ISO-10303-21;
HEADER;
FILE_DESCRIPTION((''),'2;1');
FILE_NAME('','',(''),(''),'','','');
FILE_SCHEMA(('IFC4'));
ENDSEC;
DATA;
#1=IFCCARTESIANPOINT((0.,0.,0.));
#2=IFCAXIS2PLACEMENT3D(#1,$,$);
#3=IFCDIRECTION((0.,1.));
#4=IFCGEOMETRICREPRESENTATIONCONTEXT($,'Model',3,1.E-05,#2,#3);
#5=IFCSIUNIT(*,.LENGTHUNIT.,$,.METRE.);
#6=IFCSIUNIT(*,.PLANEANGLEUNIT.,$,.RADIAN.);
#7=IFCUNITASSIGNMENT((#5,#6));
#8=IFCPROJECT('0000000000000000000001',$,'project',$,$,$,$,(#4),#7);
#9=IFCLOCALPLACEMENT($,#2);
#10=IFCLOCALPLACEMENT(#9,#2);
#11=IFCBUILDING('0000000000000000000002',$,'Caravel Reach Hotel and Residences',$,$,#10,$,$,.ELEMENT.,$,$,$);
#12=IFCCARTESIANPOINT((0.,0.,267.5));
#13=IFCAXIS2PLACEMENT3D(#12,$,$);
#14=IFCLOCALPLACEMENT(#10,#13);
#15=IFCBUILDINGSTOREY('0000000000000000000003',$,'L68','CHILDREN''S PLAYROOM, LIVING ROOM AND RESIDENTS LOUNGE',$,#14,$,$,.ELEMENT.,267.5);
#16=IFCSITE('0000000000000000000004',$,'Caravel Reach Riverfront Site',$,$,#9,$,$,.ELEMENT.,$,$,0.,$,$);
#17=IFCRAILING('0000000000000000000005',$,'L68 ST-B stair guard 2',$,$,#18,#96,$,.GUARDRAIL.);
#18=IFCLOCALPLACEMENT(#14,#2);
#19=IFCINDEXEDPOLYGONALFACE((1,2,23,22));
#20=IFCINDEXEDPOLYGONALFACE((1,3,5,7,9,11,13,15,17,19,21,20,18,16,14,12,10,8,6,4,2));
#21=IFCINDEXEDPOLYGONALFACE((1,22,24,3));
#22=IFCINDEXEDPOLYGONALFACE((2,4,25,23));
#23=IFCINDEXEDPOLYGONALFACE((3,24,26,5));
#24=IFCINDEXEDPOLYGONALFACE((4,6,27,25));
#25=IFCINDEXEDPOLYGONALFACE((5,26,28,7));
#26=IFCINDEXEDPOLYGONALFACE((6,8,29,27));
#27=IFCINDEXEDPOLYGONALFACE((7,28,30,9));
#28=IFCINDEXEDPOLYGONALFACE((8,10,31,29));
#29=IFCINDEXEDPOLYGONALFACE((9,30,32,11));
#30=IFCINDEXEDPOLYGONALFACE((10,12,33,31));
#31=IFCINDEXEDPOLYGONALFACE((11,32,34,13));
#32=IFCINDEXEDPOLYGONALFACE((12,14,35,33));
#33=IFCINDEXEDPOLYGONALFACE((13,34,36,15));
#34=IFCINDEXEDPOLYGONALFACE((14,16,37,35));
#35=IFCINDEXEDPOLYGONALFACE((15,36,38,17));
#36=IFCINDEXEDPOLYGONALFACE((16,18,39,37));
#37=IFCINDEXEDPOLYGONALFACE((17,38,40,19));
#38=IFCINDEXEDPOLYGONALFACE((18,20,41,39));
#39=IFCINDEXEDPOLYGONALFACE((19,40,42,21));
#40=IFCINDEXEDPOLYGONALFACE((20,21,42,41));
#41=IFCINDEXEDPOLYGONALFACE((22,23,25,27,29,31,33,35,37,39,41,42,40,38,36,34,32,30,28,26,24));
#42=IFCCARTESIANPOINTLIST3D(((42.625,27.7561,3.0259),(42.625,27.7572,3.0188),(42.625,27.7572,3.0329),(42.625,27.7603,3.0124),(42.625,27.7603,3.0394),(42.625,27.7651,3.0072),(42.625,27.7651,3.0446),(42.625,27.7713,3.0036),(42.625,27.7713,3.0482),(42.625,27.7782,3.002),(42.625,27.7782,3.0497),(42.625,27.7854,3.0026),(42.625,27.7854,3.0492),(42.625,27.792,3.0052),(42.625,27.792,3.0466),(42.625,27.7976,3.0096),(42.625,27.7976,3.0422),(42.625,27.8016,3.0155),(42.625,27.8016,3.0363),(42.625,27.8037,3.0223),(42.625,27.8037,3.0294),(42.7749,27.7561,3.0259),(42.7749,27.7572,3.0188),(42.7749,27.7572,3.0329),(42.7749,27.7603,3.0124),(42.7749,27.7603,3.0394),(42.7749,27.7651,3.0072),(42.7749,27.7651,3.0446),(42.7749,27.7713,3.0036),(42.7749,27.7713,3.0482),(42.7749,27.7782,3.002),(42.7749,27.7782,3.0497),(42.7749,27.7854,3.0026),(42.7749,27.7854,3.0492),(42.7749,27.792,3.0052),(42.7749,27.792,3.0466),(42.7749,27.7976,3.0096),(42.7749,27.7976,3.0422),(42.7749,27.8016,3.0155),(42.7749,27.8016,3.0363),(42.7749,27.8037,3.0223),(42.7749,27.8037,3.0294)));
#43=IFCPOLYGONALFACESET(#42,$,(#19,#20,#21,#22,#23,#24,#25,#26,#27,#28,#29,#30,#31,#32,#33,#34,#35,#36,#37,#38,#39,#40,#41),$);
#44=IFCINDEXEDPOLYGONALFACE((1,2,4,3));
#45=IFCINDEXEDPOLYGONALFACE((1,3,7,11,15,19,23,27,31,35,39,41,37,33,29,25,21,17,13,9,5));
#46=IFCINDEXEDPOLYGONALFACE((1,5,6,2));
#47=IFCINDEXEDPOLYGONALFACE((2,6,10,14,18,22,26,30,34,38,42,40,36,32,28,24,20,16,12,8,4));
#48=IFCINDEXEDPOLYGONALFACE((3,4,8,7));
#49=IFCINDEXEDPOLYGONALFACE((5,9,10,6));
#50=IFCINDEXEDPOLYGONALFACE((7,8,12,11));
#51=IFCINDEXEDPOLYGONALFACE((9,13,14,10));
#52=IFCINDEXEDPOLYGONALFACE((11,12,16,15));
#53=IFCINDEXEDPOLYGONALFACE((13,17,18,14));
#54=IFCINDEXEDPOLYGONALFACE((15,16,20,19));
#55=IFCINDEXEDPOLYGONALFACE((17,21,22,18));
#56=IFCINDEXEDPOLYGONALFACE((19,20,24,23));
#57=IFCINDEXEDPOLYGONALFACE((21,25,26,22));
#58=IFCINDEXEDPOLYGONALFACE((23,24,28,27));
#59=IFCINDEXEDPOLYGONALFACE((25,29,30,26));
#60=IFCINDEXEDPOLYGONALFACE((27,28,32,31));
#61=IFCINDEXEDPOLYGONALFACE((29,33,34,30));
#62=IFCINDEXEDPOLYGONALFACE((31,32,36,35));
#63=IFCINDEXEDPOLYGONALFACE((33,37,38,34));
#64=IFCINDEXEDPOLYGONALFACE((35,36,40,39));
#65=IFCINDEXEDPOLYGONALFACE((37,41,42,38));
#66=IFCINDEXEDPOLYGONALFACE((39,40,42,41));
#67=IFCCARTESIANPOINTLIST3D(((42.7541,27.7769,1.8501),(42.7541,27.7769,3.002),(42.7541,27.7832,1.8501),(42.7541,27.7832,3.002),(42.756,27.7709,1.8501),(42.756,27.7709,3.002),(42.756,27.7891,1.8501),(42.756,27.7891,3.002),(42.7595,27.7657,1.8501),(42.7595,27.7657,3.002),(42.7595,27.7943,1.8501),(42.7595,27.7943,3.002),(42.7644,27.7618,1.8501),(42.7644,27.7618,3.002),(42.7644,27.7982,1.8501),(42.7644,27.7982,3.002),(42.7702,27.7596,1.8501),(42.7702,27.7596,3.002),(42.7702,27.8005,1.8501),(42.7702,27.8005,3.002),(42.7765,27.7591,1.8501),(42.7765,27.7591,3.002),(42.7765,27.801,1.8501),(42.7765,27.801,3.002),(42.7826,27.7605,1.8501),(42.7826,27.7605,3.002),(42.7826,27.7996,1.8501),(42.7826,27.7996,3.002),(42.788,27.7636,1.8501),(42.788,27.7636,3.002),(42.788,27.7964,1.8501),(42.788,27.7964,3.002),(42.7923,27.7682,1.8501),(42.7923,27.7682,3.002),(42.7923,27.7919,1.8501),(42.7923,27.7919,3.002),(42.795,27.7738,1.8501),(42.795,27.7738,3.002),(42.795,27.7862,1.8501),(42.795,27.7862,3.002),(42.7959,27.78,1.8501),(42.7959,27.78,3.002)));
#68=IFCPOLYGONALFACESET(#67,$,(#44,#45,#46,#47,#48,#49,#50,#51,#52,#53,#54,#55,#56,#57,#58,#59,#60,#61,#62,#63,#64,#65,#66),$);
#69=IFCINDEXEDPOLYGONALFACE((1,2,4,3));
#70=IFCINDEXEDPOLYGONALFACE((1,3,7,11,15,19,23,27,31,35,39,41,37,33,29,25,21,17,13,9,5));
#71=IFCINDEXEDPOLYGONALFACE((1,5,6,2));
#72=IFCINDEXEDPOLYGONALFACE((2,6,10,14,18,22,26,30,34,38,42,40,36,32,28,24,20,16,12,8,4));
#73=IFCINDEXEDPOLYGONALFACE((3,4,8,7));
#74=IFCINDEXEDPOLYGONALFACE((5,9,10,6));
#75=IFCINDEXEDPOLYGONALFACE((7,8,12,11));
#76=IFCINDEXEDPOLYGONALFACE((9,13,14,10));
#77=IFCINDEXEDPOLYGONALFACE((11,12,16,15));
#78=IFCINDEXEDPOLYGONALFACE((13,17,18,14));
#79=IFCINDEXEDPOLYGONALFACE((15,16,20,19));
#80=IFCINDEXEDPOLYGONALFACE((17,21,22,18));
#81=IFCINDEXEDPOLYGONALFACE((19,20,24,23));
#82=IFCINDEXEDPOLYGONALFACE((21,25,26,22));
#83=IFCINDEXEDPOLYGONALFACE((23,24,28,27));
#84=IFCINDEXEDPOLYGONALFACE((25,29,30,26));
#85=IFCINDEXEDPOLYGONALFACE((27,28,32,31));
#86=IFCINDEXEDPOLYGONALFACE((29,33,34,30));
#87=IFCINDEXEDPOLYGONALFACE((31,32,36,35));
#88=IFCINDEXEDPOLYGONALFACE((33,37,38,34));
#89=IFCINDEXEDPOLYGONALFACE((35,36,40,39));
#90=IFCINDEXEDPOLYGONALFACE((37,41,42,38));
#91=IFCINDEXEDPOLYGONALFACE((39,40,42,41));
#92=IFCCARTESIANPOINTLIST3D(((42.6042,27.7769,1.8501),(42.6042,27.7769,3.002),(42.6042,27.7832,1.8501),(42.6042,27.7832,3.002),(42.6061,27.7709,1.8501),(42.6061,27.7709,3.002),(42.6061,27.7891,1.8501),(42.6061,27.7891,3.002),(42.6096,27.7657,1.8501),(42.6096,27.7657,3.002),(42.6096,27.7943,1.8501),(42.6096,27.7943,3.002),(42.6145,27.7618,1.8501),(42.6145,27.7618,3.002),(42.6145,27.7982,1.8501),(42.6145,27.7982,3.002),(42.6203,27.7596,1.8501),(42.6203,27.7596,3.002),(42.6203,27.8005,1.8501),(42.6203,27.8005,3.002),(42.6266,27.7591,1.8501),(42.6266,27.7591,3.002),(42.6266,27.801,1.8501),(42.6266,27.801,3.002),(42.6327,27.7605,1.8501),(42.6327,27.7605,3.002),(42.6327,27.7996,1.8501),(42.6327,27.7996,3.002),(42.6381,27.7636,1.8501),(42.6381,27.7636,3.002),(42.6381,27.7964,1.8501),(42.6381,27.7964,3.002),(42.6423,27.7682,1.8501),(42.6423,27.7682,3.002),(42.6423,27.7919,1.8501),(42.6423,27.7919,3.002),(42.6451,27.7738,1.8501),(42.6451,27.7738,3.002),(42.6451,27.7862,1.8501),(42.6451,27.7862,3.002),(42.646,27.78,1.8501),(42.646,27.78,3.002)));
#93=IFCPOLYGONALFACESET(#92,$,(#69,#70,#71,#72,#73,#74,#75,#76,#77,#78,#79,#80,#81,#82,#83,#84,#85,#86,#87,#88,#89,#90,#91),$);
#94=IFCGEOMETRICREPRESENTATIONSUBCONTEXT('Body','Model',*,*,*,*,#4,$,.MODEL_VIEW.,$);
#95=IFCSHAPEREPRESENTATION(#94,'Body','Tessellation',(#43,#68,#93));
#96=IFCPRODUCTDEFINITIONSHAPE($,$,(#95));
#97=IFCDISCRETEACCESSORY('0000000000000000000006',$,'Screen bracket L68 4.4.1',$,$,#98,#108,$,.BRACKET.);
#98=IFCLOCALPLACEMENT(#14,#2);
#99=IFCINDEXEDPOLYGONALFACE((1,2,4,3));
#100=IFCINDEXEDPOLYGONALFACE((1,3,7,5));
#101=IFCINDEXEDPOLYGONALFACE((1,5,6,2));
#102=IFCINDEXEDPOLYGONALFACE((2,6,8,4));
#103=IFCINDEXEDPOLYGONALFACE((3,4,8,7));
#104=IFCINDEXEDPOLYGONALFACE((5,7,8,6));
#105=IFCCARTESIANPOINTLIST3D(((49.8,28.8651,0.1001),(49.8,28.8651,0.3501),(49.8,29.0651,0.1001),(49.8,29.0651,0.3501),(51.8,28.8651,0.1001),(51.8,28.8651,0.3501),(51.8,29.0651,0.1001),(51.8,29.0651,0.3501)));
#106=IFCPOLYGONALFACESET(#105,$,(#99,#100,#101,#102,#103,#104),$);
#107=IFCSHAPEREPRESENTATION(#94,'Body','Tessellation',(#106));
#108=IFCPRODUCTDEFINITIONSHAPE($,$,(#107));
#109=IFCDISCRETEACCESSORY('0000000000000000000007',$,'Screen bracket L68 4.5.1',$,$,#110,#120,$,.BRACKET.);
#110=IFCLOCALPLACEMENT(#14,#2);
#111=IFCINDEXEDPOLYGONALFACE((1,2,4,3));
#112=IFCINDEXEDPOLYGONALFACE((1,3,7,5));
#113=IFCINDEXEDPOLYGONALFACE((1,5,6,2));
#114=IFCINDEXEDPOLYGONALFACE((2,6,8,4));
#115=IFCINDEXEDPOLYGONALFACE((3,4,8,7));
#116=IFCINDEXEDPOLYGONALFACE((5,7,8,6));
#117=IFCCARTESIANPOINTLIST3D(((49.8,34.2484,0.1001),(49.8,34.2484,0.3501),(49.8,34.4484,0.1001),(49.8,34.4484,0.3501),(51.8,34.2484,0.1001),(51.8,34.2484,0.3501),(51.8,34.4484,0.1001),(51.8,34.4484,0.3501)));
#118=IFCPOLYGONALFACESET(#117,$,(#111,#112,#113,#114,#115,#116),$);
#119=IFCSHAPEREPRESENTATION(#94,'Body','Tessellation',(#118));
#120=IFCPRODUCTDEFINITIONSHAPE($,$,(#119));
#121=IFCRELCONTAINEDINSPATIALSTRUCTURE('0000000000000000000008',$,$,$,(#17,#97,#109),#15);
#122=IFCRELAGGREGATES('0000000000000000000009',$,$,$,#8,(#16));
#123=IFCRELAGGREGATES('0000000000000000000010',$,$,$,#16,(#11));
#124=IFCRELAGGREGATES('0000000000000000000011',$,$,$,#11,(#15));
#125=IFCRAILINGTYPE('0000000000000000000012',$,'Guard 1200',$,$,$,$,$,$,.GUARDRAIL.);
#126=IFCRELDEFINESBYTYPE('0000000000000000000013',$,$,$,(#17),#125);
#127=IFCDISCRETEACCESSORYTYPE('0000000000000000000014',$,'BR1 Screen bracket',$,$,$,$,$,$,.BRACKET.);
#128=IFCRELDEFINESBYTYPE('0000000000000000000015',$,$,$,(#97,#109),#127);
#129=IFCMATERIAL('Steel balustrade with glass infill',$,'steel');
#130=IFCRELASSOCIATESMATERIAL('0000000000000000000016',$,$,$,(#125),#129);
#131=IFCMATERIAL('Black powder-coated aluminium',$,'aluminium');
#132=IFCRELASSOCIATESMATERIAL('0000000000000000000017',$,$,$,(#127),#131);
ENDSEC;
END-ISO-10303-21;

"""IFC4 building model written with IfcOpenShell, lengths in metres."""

from ifc_helpers import new_model, si_unit, direction, frame, origin, origin_2d, place, context, subcontext, project, spatial, rectangle, circle, extrude, material, type_object, element, save


model = new_model("IFC4")

# Units and contexts
model_context = context("Model", 3, precision=1e-05, world=origin(), true_north=direction((0.0, 1.0)))
body_context = subcontext(model_context, "Body", "Model", "MODEL_VIEW")
ifc_project = project(units=[si_unit("LENGTHUNIT", "METRE"), si_unit("PLANEANGLEUNIT", "RADIAN")], contexts=[model_context])

# Site, building, storey
site_placement = place(None, origin())
site = spatial("IfcSite", under=ifc_project, at=site_placement, Name="Caravel Reach Riverfront Site", CompositionType="ELEMENT", RefElevation=0.0)
building_placement = place(site_placement, origin())
building = spatial("IfcBuilding", under=site, at=building_placement, Name="Caravel Reach Hotel and Residences", CompositionType="ELEMENT")
storey_placement = place(building_placement, frame((0.0, 0.0, 267.5)))
storey = spatial("IfcBuildingStorey", under=building, at=storey_placement, Name="L68", Description="CHILDREN'S PLAYROOM, LIVING ROOM AND RESIDENTS LOUNGE", CompositionType="ELEMENT", Elevation=267.5)

# Railing
ifc_material_1 = material(Name="Steel balustrade with glass infill", Category="steel")
railing_type = type_object("IfcRailingType", Name="Guard 1200", PredefinedType="GUARDRAIL", material=ifc_material_1)
railing_placement = place(storey_placement, frame((42.7749, 27.78, 1.8501)))
element("IfcRailing", 1, at=railing_placement, inside=storey, type_object=railing_type, Name="L68 ST-B stair guard 2", PredefinedType="GUARDRAIL", context=body_context, shape_type="SweptSolid", body=[
    extrude(circle(Radius=0.0239, at=origin_2d()), frame((0.0, 0.0, 1.1758), z_axis=(-1.0, 0.0, 0.0), x_axis=(0.0, -1.0, 0.0)), (0.0, 0.0, 1.0), 0.1499),
    extrude(circle(Radius=0.021, at=origin_2d()), origin(), (0.0, 0.0, 1.0), 1.1519),
    extrude(circle(Radius=0.021, at=origin_2d()), frame((-0.1499, 0.0, 0.0)), (0.0, 0.0, 1.0), 1.1519),
])

# Discrete accessories
ifc_material_2 = material(Name="Black powder-coated aluminium", Category="aluminium")
discrete_accessory_type = type_object("IfcDiscreteAccessoryType", Name="BR1 Screen bracket", PredefinedType="BRACKET", material=ifc_material_2)
for number, where, z_axis, x_axis, name in (
    (2, (50.8, 28.9651, 0.1001), (0.0, 0.0, 1.0), (1.0, 0.0, 0.0), "Screen bracket L68 4.4.1"),
    (3, (50.8, 34.3484, 0.1001), (0.0, 0.0, 1.0), (1.0, 0.0, 0.0), "Screen bracket L68 4.5.1"),
):
    element("IfcDiscreteAccessory", number, at=place(storey_placement, frame(where, z_axis=z_axis, x_axis=x_axis)), inside=storey, type_object=discrete_accessory_type, Name=name, PredefinedType="BRACKET", context=body_context, shape_type="SweptSolid", body=[
        extrude(rectangle(XDim=2.0, YDim=0.2, at=origin_2d()), origin(), (0.0, 0.0, 1.0), 0.25),
    ])

save(model, "model.ifc")
